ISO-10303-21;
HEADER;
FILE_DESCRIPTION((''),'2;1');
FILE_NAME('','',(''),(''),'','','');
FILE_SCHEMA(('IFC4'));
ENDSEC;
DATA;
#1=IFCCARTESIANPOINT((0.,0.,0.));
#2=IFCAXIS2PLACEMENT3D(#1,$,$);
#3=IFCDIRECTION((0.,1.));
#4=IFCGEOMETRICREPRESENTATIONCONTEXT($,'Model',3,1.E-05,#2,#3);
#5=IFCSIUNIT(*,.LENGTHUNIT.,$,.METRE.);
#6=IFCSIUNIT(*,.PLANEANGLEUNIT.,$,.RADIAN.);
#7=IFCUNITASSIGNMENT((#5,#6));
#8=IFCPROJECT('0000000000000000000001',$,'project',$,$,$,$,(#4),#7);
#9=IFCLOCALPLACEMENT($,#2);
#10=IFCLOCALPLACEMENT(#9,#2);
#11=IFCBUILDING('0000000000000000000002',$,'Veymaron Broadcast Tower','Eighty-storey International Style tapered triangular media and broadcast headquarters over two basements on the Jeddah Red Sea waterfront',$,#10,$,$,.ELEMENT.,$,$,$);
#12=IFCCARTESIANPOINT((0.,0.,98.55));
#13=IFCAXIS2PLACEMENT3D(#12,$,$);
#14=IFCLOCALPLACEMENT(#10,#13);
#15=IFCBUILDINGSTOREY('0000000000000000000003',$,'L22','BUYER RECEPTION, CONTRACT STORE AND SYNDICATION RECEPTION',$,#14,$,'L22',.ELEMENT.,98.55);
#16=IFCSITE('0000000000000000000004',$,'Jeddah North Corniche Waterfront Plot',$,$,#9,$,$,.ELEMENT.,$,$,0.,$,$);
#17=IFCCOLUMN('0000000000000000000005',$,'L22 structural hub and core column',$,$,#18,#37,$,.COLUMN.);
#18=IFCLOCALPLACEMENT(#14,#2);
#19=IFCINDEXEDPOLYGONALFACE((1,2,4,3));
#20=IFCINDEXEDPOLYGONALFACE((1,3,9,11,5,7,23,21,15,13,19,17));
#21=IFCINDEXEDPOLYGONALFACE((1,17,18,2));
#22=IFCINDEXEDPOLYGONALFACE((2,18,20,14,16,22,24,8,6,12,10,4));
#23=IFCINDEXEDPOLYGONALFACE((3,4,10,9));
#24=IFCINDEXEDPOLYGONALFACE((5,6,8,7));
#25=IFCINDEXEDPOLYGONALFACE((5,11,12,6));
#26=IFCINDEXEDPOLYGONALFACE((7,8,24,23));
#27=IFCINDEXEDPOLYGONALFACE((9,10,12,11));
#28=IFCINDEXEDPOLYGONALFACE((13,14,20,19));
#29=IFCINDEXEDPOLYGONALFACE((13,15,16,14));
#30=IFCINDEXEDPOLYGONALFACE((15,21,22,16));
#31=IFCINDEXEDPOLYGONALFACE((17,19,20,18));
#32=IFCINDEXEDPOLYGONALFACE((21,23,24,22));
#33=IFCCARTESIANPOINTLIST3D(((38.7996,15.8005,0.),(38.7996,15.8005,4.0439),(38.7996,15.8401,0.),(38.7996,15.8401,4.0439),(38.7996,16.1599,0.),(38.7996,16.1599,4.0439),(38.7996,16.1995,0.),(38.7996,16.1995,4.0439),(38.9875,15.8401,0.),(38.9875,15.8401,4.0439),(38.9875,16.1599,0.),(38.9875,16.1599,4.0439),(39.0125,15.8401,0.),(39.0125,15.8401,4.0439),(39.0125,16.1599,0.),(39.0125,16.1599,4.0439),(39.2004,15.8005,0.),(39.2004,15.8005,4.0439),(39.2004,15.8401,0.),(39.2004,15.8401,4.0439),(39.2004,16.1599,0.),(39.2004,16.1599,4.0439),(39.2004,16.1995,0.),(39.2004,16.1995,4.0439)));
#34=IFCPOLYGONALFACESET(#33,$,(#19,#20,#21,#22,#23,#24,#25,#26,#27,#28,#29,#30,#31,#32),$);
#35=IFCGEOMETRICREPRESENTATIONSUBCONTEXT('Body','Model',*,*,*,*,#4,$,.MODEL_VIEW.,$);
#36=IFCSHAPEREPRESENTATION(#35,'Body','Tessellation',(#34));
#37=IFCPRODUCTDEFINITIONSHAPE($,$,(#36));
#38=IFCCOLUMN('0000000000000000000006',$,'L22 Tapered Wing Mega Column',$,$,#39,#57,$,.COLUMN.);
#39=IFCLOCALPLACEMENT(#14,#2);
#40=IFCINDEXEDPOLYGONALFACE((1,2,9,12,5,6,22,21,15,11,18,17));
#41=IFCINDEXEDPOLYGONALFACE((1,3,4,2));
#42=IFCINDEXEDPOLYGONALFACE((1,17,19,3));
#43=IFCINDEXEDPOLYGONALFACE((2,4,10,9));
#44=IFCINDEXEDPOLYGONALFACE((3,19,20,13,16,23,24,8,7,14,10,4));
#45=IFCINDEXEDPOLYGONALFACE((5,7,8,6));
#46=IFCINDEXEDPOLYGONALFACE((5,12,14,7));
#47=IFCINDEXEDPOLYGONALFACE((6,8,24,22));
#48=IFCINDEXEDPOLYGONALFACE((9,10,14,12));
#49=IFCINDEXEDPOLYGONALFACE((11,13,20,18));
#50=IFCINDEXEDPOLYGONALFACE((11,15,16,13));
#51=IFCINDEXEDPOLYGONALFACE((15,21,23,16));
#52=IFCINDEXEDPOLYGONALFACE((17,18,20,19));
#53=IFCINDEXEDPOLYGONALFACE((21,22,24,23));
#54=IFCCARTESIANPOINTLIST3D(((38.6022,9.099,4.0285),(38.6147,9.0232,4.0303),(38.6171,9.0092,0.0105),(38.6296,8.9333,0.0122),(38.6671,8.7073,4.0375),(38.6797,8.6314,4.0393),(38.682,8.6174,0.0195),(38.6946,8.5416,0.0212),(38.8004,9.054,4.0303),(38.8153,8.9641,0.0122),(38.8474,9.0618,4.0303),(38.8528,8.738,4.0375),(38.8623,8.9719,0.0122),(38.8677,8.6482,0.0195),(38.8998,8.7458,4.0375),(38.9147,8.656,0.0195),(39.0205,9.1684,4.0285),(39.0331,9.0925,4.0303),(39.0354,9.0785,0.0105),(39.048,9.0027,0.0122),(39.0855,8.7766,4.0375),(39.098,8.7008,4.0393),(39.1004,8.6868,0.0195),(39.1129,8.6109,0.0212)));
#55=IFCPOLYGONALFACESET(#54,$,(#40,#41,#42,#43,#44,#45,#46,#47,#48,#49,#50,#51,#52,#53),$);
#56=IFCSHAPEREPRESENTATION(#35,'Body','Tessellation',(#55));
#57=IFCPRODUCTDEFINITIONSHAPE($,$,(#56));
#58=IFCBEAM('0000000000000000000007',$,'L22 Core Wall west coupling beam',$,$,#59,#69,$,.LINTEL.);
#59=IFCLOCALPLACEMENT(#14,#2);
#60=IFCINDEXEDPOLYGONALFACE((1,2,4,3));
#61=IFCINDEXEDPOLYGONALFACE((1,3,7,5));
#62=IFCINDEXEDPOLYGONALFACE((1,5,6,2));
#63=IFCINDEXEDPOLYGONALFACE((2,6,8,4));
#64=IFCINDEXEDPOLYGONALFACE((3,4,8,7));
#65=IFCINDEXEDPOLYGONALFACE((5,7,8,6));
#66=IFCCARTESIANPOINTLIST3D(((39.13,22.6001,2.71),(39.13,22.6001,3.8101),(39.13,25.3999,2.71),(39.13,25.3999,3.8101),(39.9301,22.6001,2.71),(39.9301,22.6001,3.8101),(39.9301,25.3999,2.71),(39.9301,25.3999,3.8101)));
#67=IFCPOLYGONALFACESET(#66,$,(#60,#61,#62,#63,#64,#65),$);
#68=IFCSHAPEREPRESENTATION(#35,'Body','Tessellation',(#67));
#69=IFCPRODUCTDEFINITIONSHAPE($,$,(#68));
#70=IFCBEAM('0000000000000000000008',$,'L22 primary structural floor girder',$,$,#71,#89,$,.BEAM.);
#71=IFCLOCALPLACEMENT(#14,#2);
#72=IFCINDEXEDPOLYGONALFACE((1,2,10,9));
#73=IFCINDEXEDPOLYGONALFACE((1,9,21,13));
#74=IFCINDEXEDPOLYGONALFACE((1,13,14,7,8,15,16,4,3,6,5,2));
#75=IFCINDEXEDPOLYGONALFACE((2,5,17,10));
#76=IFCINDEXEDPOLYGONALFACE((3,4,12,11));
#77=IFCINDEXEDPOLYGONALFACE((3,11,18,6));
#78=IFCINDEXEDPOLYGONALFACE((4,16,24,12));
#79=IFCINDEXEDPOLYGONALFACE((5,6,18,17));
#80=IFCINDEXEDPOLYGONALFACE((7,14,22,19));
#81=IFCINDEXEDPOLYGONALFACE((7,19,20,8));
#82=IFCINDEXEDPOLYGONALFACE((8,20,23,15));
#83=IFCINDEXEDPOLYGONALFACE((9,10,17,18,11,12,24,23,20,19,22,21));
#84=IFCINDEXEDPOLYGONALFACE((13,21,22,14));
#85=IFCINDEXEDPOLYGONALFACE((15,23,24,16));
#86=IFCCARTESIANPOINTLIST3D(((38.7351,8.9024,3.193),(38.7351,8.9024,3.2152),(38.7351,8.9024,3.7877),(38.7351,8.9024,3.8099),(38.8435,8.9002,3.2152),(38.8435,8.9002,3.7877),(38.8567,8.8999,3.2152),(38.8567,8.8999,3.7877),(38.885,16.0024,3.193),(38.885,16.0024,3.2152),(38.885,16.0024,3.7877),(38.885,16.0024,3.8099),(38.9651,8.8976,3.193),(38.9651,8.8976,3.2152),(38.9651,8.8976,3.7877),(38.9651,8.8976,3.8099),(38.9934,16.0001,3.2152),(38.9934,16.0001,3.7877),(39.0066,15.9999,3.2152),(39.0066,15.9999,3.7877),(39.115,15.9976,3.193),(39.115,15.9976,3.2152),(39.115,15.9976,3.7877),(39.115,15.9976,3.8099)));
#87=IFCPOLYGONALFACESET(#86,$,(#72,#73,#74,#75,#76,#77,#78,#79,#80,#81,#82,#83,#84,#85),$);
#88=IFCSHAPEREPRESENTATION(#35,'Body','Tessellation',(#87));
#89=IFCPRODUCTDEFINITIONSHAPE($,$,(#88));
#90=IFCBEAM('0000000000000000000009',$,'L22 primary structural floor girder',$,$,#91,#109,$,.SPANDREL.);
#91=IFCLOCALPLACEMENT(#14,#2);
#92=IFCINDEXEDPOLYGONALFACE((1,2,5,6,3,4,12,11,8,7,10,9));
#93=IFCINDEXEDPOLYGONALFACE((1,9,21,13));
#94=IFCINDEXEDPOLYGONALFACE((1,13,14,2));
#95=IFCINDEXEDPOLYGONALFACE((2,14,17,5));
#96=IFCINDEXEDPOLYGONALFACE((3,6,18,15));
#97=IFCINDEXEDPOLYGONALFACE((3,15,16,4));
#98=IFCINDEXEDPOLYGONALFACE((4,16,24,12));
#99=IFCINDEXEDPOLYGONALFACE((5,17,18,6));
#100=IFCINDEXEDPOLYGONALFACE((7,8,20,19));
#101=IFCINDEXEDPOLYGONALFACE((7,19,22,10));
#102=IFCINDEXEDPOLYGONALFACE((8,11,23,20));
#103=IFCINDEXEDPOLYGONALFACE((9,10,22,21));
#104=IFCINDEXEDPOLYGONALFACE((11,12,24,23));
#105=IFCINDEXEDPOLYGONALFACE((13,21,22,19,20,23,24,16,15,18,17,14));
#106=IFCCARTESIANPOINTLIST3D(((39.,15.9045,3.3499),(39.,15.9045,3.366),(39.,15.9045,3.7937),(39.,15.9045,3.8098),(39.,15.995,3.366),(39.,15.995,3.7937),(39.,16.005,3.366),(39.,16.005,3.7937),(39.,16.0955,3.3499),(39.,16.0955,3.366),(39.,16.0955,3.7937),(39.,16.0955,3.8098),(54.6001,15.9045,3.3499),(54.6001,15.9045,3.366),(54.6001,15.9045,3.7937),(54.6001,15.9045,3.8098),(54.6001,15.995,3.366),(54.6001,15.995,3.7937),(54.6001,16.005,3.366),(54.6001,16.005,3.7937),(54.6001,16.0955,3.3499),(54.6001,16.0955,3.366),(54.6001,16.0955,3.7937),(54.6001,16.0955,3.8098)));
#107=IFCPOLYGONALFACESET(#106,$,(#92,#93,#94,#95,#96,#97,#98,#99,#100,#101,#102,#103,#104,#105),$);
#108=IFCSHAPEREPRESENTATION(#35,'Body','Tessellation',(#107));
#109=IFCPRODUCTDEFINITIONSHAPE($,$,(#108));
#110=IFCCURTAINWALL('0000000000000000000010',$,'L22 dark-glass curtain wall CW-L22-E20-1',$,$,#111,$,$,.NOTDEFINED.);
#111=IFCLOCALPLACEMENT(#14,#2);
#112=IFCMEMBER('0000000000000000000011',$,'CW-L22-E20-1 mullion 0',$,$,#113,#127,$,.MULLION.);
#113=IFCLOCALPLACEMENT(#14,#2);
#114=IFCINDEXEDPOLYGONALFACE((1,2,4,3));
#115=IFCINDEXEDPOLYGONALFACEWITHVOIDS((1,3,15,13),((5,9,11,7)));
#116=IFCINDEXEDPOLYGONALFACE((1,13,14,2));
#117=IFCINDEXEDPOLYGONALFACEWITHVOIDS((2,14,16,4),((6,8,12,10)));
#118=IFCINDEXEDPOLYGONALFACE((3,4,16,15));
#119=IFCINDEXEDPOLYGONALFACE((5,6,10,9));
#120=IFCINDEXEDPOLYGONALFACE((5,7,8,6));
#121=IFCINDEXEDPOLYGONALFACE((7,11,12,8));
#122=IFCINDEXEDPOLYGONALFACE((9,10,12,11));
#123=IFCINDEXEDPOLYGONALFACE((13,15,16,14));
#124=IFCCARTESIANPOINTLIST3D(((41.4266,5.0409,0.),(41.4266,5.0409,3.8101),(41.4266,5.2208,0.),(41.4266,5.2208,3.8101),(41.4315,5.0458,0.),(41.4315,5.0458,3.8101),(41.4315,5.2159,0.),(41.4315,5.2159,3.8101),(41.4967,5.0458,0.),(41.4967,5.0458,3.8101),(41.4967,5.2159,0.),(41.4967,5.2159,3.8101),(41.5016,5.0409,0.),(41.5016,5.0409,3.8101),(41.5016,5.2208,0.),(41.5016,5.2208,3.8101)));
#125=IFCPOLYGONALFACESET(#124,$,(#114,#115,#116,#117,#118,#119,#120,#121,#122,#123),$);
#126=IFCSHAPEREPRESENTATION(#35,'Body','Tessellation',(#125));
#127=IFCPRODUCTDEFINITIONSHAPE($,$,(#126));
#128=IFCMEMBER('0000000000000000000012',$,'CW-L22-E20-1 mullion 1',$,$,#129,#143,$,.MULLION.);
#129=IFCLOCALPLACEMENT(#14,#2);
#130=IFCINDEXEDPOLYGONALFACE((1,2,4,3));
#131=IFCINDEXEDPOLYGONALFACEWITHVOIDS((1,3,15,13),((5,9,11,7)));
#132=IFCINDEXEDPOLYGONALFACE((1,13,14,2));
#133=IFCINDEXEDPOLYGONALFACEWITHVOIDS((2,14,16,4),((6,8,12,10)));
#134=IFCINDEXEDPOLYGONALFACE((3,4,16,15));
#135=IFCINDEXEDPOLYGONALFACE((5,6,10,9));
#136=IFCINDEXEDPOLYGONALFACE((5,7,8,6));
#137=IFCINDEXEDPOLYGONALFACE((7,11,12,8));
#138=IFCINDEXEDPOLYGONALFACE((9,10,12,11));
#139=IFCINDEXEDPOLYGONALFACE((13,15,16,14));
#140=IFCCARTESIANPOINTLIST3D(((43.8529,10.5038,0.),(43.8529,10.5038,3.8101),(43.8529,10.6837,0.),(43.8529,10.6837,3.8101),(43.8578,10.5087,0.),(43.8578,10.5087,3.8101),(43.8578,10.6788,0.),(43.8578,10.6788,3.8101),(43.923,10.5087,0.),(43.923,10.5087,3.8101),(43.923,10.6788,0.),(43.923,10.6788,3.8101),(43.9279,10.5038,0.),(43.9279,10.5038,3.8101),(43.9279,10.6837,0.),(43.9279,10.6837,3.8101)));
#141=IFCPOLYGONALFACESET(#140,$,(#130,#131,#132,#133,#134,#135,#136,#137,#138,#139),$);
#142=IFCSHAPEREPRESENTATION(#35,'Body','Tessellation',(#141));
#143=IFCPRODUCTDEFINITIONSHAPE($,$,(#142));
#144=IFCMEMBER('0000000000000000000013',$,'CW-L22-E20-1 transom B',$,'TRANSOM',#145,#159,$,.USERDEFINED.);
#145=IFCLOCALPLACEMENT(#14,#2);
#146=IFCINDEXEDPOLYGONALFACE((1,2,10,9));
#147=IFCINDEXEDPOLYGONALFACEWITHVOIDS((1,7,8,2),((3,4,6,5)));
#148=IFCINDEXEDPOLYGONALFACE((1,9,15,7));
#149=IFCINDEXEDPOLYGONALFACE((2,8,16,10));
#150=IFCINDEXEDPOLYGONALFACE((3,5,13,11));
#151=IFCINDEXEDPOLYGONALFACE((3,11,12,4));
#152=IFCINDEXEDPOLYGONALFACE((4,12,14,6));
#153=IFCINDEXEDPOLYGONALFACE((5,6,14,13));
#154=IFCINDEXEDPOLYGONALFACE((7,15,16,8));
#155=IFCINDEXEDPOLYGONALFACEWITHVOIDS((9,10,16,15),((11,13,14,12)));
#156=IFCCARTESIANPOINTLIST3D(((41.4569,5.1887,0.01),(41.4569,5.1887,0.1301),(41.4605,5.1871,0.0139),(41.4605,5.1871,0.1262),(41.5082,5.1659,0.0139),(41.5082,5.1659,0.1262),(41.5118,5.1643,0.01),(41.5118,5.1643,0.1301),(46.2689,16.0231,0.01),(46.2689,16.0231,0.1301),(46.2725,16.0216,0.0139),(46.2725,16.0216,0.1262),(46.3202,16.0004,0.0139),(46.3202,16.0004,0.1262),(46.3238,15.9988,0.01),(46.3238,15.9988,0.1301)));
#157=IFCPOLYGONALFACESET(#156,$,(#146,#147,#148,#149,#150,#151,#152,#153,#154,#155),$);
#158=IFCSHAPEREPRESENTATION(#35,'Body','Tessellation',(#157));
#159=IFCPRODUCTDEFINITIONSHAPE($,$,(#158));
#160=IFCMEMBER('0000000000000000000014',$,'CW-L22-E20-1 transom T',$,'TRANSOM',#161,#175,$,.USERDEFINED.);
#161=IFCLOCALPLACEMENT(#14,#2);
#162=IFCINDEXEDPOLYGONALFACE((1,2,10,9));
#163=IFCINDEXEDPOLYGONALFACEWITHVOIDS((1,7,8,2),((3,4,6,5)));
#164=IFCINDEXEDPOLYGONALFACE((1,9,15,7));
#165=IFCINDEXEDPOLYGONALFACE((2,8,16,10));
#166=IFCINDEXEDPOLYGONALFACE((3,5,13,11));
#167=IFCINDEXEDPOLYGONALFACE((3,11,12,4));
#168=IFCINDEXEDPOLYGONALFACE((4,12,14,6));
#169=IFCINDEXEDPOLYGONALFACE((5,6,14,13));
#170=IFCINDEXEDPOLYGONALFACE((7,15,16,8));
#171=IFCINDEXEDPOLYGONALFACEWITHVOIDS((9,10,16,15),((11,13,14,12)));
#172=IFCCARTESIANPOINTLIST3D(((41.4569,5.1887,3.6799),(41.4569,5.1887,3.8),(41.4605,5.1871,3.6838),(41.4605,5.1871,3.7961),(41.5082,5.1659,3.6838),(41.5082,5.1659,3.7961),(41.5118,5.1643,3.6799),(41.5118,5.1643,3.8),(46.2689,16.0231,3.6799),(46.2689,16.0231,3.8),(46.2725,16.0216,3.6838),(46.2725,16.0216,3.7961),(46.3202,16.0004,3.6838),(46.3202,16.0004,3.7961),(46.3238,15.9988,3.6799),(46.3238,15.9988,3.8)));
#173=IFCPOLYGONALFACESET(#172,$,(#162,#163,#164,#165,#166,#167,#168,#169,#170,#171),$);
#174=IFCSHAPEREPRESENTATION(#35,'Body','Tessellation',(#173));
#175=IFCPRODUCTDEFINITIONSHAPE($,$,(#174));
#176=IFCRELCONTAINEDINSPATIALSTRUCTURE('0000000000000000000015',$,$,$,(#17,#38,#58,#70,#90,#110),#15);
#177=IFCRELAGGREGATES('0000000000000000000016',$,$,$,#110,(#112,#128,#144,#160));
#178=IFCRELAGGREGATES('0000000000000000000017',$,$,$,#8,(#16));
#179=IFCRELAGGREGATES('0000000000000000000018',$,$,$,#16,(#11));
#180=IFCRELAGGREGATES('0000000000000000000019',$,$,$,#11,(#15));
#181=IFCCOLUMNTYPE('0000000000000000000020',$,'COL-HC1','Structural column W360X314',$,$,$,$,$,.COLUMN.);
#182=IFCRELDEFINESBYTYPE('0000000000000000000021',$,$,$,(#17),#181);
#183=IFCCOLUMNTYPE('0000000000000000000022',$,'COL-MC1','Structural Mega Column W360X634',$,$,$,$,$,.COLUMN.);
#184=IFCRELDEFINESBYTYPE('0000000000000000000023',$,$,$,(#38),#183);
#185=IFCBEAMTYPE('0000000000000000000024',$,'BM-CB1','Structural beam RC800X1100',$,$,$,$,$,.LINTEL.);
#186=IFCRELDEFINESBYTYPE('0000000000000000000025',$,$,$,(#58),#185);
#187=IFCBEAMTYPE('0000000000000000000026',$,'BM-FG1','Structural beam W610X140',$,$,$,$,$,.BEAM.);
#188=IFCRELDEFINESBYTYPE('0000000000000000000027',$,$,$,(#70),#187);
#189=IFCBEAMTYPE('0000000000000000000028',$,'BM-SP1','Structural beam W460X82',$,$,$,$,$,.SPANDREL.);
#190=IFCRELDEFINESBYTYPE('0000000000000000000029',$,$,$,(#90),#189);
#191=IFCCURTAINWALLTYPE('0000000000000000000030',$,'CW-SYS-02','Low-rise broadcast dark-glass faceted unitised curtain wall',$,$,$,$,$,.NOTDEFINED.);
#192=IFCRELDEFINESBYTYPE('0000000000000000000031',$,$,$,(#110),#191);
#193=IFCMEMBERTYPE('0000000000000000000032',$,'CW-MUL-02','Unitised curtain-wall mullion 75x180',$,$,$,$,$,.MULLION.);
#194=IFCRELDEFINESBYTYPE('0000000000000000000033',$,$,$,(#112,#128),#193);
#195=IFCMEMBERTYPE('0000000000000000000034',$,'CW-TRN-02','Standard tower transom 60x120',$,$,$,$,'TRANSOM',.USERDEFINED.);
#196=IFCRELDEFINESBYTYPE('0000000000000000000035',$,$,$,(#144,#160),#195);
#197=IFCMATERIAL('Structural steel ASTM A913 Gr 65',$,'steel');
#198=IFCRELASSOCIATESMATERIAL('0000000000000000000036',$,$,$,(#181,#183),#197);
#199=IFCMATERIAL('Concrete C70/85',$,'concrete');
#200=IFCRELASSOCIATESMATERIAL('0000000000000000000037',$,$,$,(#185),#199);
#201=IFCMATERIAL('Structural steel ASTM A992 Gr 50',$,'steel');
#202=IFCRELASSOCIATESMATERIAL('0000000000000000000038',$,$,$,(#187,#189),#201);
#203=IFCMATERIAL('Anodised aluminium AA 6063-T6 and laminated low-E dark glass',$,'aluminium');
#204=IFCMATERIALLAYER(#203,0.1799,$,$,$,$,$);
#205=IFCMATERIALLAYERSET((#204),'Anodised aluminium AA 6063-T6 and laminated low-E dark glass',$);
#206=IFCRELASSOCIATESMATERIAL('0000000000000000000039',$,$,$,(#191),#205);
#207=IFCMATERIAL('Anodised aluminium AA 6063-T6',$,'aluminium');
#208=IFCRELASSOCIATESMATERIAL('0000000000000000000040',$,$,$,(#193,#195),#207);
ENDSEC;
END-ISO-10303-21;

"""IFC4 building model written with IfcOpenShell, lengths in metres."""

from ifc_helpers import new_model, si_unit, direction, frame, origin, origin_2d, place, context, subcontext, project, spatial, rectangle, hollow_rectangle, i_section, extrude, material, layer, layer_set, material_profile, profile_set, type_object, element, aggregate, save


model = new_model("IFC4")

# Units and contexts
model_context = context("Model", 3, precision=1e-05, world=origin(), true_north=direction((0.0, 1.0)))
body_context = subcontext(model_context, "Body", "Model", "MODEL_VIEW")
ifc_project = project(units=[si_unit("LENGTHUNIT", "METRE"), si_unit("PLANEANGLEUNIT", "RADIAN")], contexts=[model_context])

# Site, building, storey
site_placement = place(None, origin())
site = spatial("IfcSite", under=ifc_project, at=site_placement, Name="Jeddah North Corniche Waterfront Plot", CompositionType="ELEMENT", RefElevation=0.0)
building_placement = place(site_placement, origin())
building = spatial("IfcBuilding", under=site, at=building_placement, Name="Veymaron Broadcast Tower", Description="Eighty-storey International Style tapered triangular media and broadcast headquarters over two basements on the Jeddah Red Sea waterfront", CompositionType="ELEMENT")
storey_placement = place(building_placement, frame((0.0, 0.0, 98.55)))
storey = spatial("IfcBuildingStorey", under=building, at=storey_placement, Name="L22", Description="BUYER RECEPTION, CONTRACT STORE AND SYNDICATION RECEPTION", LongName="L22", CompositionType="ELEMENT", Elevation=98.55)

# Columns
ifc_material_1 = material(Name="Structural steel ASTM A913 Gr 65", Category="steel")
ifc_material_profile_1 = material_profile(ifc_material_1, i_section(OverallWidth=0.4009, OverallDepth=0.3989, WebThickness=0.0249, FlangeThickness=0.0396, at=origin_2d()), Name="W360X314")
ifc_profile_set_1 = profile_set([ifc_material_profile_1], Name="Structural steel ASTM A913 Gr 65")
column_type_1 = type_object("IfcColumnType", Name="COL-HC1", Description="Structural column W360X314", PredefinedType="COLUMN", material=ifc_profile_set_1)
column_1_placement = place(storey_placement, frame((39.0, 16.0, 0.0), z_axis=(0.0, 0.0, 1.0), x_axis=(1.0, 0.0, 0.0)))
element("IfcColumn", 1, at=column_1_placement, inside=storey, type_object=column_type_1, Name="L22 structural hub and core column", PredefinedType="COLUMN", context=body_context, shape_type="SweptSolid", body=[
    extrude(i_section(OverallWidth=0.4009, OverallDepth=0.3989, WebThickness=0.0249, FlangeThickness=0.0396, at=origin_2d()), origin(), (0.0, 0.0, 1.0), 4.0439),
])
ifc_material_profile_2 = material_profile(ifc_material_1, i_section(OverallWidth=0.4241, OverallDepth=0.4741, WebThickness=0.0476, FlangeThickness=0.0769, at=origin_2d()), Name="W360X634")
ifc_profile_set_2 = profile_set([ifc_material_profile_2], Name="Structural steel ASTM A913 Gr 65")
column_type_2 = type_object("IfcColumnType", Name="COL-MC1", Description="Structural Mega Column W360X634", PredefinedType="COLUMN", material=ifc_profile_set_2)
column_2_placement = place(storey_placement, frame((38.865, 8.8101, 0.0159), z_axis=(-0.003705, 0.022354, 0.999743), x_axis=(-0.986538, -0.163529, 0.0)))
element("IfcColumn", 2, at=column_2_placement, inside=storey, type_object=column_type_2, Name="L22 Tapered Wing Mega Column", PredefinedType="COLUMN", context=body_context, shape_type="SweptSolid", body=[
    extrude(i_section(OverallWidth=0.4241, OverallDepth=0.4741, WebThickness=0.0476, FlangeThickness=0.0769, at=origin_2d()), origin(), (0.0, 0.0, 1.0), 4.019),
])

# Beams
ifc_material_2 = material(Name="Concrete C70/85", Category="concrete")
ifc_material_profile_3 = material_profile(ifc_material_2, rectangle(XDim=0.8, YDim=1.1001, at=origin_2d()), Name="RC800X1100")
ifc_profile_set_3 = profile_set([ifc_material_profile_3], Name="Concrete C70/85")
beam_type_1 = type_object("IfcBeamType", Name="BM-CB1", Description="Structural beam RC800X1100", PredefinedType="LINTEL", material=ifc_profile_set_3)
beam_1_placement = place(storey_placement, frame((39.53, 22.6001, 3.26), z_axis=(0.0, 1.0, 0.0), x_axis=(-1.0, 0.0, 0.0)))
element("IfcBeam", 3, at=beam_1_placement, inside=storey, type_object=beam_type_1, Name="L22 Core Wall west coupling beam", PredefinedType="LINTEL", context=body_context, shape_type="SweptSolid", body=[
    extrude(rectangle(XDim=0.8, YDim=1.1001, at=origin_2d()), origin(), (0.0, 0.0, 1.0), 2.7998),
])
ifc_material_3 = material(Name="Structural steel ASTM A992 Gr 50", Category="steel")
ifc_material_profile_4 = material_profile(ifc_material_3, i_section(OverallWidth=0.23, OverallDepth=0.6169, WebThickness=0.0132, FlangeThickness=0.0222, at=origin_2d()), Name="W610X140")
ifc_profile_set_4 = profile_set([ifc_material_profile_4], Name="Structural steel ASTM A992 Gr 50")
beam_type_2 = type_object("IfcBeamType", Name="BM-FG1", Description="Structural beam W610X140", PredefinedType="BEAM", material=ifc_profile_set_4)
beam_2_placement = place(storey_placement, frame((39.0, 16.0, 3.5015), z_axis=(-0.021108, -0.999777, 0.0), x_axis=(0.999777, -0.021108, 0.0)))
element("IfcBeam", 4, at=beam_2_placement, inside=storey, type_object=beam_type_2, Name="L22 primary structural floor girder", PredefinedType="BEAM", context=body_context, shape_type="SweptSolid", body=[
    extrude(i_section(OverallWidth=0.23, OverallDepth=0.6169, WebThickness=0.0132, FlangeThickness=0.0222, at=origin_2d()), origin(), (0.0, 0.0, 1.0), 7.1016),
])
ifc_material_profile_5 = material_profile(ifc_material_3, i_section(OverallWidth=0.1909, OverallDepth=0.46, WebThickness=0.01, FlangeThickness=0.0161, at=origin_2d()), Name="W460X82")
ifc_profile_set_5 = profile_set([ifc_material_profile_5], Name="Structural steel ASTM A992 Gr 50")
beam_type_3 = type_object("IfcBeamType", Name="BM-SP1", Description="Structural beam W460X82", PredefinedType="SPANDREL", material=ifc_profile_set_5)
beam_3_placement = place(storey_placement, frame((39.0, 16.0, 3.5798), z_axis=(1.0, 0.0, 0.0), x_axis=(0.0, 1.0, 0.0)))
element("IfcBeam", 5, at=beam_3_placement, inside=storey, type_object=beam_type_3, Name="L22 primary structural floor girder", PredefinedType="SPANDREL", context=body_context, shape_type="SweptSolid", body=[
    extrude(i_section(OverallWidth=0.1909, OverallDepth=0.46, WebThickness=0.01, FlangeThickness=0.0161, at=origin_2d()), origin(), (0.0, 0.0, 1.0), 15.6001),
])

# Curtain wall, members
ifc_material_4 = material(Name="Anodised aluminium AA 6063-T6 and laminated low-E dark glass", Category="aluminium")
ifc_layer_1 = layer(ifc_material_4, 0.1799)
ifc_layer_set_1 = layer_set([ifc_layer_1], Name="Anodised aluminium AA 6063-T6 and laminated low-E dark glass")
curtain_wall_type = type_object("IfcCurtainWallType", Name="CW-SYS-02", Description="Low-rise broadcast dark-glass faceted unitised curtain wall", PredefinedType="NOTDEFINED", material=ifc_layer_set_1)
curtain_wall_placement = place(storey_placement, origin())
curtain_wall = element("IfcCurtainWall", 6, at=curtain_wall_placement, inside=storey, type_object=curtain_wall_type, Name="L22 dark-glass curtain wall CW-L22-E20-1", PredefinedType="NOTDEFINED")
ifc_material_5 = material(Name="Anodised aluminium AA 6063-T6", Category="aluminium")
ifc_material_profile_6 = material_profile(ifc_material_5, hollow_rectangle(XDim=0.075, YDim=0.1799, WallThickness=0.0049, at=origin_2d()), Name="AL180X75X5")
ifc_profile_set_6 = profile_set([ifc_material_profile_6], Name="Anodised aluminium AA 6063-T6")
member_type_1 = type_object("IfcMemberType", Name="CW-MUL-02", Description="Unitised curtain-wall mullion 75x180", PredefinedType="MULLION", material=ifc_profile_set_6)
member_1_placement = place(storey_placement, frame((41.4641, 5.1309, 0.0), z_axis=(0.0, 0.0, 1.0), x_axis=(1.0, 0.0, 0.0)))
member_1 = element("IfcMember", 7, at=member_1_placement, type_object=member_type_1, Name="CW-L22-E20-1 mullion 0", PredefinedType="MULLION", context=body_context, shape_type="SweptSolid", body=[
    extrude(hollow_rectangle(XDim=0.075, YDim=0.1799, WallThickness=0.0049, at=origin_2d()), origin(), (0.0, 0.0, 1.0), 3.8101),
])
member_2_placement = place(storey_placement, frame((43.8904, 10.5938, 0.0), z_axis=(0.0, 0.0, 1.0), x_axis=(1.0, 0.0, 0.0)))
member_2 = element("IfcMember", 8, at=member_2_placement, type_object=member_type_1, Name="CW-L22-E20-1 mullion 1", PredefinedType="MULLION", context=body_context, shape_type="SweptSolid", body=[
    extrude(hollow_rectangle(XDim=0.075, YDim=0.1799, WallThickness=0.0049, at=origin_2d()), origin(), (0.0, 0.0, 1.0), 3.8101),
])
ifc_material_profile_7 = material_profile(ifc_material_5, hollow_rectangle(XDim=0.0601, YDim=0.1201, WallThickness=0.0039, at=origin_2d()), Name="AL120X60X4")
ifc_profile_set_7 = profile_set([ifc_material_profile_7], Name="Anodised aluminium AA 6063-T6")
member_type_2 = type_object("IfcMemberType", Name="CW-TRN-02", Description="Standard tower transom 60x120", ElementType="TRANSOM", PredefinedType="USERDEFINED", material=ifc_profile_set_7)
member_3_placement = place(storey_placement, frame((41.4844, 5.1765, 0.0701), z_axis=(0.405905, 0.913915, 0.0), x_axis=(-0.913915, 0.405905, 0.0)))
member_3 = element("IfcMember", 9, at=member_3_placement, type_object=member_type_2, Name="CW-L22-E20-1 transom B", ObjectType="TRANSOM", PredefinedType="USERDEFINED", context=body_context, shape_type="SweptSolid", body=[
    extrude(hollow_rectangle(XDim=0.0601, YDim=0.1201, WallThickness=0.0039, at=origin_2d()), origin(), (0.0, 0.0, 1.0), 11.855),
])
member_4_placement = place(storey_placement, frame((41.4844, 5.1765, 3.74), z_axis=(0.405905, 0.913915, 0.0), x_axis=(-0.913915, 0.405905, 0.0)))
member_4 = element("IfcMember", 10, at=member_4_placement, type_object=member_type_2, Name="CW-L22-E20-1 transom T", ObjectType="TRANSOM", PredefinedType="USERDEFINED", context=body_context, shape_type="SweptSolid", body=[
    extrude(hollow_rectangle(XDim=0.0601, YDim=0.1201, WallThickness=0.0039, at=origin_2d()), origin(), (0.0, 0.0, 1.0), 11.855),
])
aggregate(curtain_wall, [member_1, member_2, member_3, member_4])

save(model, "model.ifc")
